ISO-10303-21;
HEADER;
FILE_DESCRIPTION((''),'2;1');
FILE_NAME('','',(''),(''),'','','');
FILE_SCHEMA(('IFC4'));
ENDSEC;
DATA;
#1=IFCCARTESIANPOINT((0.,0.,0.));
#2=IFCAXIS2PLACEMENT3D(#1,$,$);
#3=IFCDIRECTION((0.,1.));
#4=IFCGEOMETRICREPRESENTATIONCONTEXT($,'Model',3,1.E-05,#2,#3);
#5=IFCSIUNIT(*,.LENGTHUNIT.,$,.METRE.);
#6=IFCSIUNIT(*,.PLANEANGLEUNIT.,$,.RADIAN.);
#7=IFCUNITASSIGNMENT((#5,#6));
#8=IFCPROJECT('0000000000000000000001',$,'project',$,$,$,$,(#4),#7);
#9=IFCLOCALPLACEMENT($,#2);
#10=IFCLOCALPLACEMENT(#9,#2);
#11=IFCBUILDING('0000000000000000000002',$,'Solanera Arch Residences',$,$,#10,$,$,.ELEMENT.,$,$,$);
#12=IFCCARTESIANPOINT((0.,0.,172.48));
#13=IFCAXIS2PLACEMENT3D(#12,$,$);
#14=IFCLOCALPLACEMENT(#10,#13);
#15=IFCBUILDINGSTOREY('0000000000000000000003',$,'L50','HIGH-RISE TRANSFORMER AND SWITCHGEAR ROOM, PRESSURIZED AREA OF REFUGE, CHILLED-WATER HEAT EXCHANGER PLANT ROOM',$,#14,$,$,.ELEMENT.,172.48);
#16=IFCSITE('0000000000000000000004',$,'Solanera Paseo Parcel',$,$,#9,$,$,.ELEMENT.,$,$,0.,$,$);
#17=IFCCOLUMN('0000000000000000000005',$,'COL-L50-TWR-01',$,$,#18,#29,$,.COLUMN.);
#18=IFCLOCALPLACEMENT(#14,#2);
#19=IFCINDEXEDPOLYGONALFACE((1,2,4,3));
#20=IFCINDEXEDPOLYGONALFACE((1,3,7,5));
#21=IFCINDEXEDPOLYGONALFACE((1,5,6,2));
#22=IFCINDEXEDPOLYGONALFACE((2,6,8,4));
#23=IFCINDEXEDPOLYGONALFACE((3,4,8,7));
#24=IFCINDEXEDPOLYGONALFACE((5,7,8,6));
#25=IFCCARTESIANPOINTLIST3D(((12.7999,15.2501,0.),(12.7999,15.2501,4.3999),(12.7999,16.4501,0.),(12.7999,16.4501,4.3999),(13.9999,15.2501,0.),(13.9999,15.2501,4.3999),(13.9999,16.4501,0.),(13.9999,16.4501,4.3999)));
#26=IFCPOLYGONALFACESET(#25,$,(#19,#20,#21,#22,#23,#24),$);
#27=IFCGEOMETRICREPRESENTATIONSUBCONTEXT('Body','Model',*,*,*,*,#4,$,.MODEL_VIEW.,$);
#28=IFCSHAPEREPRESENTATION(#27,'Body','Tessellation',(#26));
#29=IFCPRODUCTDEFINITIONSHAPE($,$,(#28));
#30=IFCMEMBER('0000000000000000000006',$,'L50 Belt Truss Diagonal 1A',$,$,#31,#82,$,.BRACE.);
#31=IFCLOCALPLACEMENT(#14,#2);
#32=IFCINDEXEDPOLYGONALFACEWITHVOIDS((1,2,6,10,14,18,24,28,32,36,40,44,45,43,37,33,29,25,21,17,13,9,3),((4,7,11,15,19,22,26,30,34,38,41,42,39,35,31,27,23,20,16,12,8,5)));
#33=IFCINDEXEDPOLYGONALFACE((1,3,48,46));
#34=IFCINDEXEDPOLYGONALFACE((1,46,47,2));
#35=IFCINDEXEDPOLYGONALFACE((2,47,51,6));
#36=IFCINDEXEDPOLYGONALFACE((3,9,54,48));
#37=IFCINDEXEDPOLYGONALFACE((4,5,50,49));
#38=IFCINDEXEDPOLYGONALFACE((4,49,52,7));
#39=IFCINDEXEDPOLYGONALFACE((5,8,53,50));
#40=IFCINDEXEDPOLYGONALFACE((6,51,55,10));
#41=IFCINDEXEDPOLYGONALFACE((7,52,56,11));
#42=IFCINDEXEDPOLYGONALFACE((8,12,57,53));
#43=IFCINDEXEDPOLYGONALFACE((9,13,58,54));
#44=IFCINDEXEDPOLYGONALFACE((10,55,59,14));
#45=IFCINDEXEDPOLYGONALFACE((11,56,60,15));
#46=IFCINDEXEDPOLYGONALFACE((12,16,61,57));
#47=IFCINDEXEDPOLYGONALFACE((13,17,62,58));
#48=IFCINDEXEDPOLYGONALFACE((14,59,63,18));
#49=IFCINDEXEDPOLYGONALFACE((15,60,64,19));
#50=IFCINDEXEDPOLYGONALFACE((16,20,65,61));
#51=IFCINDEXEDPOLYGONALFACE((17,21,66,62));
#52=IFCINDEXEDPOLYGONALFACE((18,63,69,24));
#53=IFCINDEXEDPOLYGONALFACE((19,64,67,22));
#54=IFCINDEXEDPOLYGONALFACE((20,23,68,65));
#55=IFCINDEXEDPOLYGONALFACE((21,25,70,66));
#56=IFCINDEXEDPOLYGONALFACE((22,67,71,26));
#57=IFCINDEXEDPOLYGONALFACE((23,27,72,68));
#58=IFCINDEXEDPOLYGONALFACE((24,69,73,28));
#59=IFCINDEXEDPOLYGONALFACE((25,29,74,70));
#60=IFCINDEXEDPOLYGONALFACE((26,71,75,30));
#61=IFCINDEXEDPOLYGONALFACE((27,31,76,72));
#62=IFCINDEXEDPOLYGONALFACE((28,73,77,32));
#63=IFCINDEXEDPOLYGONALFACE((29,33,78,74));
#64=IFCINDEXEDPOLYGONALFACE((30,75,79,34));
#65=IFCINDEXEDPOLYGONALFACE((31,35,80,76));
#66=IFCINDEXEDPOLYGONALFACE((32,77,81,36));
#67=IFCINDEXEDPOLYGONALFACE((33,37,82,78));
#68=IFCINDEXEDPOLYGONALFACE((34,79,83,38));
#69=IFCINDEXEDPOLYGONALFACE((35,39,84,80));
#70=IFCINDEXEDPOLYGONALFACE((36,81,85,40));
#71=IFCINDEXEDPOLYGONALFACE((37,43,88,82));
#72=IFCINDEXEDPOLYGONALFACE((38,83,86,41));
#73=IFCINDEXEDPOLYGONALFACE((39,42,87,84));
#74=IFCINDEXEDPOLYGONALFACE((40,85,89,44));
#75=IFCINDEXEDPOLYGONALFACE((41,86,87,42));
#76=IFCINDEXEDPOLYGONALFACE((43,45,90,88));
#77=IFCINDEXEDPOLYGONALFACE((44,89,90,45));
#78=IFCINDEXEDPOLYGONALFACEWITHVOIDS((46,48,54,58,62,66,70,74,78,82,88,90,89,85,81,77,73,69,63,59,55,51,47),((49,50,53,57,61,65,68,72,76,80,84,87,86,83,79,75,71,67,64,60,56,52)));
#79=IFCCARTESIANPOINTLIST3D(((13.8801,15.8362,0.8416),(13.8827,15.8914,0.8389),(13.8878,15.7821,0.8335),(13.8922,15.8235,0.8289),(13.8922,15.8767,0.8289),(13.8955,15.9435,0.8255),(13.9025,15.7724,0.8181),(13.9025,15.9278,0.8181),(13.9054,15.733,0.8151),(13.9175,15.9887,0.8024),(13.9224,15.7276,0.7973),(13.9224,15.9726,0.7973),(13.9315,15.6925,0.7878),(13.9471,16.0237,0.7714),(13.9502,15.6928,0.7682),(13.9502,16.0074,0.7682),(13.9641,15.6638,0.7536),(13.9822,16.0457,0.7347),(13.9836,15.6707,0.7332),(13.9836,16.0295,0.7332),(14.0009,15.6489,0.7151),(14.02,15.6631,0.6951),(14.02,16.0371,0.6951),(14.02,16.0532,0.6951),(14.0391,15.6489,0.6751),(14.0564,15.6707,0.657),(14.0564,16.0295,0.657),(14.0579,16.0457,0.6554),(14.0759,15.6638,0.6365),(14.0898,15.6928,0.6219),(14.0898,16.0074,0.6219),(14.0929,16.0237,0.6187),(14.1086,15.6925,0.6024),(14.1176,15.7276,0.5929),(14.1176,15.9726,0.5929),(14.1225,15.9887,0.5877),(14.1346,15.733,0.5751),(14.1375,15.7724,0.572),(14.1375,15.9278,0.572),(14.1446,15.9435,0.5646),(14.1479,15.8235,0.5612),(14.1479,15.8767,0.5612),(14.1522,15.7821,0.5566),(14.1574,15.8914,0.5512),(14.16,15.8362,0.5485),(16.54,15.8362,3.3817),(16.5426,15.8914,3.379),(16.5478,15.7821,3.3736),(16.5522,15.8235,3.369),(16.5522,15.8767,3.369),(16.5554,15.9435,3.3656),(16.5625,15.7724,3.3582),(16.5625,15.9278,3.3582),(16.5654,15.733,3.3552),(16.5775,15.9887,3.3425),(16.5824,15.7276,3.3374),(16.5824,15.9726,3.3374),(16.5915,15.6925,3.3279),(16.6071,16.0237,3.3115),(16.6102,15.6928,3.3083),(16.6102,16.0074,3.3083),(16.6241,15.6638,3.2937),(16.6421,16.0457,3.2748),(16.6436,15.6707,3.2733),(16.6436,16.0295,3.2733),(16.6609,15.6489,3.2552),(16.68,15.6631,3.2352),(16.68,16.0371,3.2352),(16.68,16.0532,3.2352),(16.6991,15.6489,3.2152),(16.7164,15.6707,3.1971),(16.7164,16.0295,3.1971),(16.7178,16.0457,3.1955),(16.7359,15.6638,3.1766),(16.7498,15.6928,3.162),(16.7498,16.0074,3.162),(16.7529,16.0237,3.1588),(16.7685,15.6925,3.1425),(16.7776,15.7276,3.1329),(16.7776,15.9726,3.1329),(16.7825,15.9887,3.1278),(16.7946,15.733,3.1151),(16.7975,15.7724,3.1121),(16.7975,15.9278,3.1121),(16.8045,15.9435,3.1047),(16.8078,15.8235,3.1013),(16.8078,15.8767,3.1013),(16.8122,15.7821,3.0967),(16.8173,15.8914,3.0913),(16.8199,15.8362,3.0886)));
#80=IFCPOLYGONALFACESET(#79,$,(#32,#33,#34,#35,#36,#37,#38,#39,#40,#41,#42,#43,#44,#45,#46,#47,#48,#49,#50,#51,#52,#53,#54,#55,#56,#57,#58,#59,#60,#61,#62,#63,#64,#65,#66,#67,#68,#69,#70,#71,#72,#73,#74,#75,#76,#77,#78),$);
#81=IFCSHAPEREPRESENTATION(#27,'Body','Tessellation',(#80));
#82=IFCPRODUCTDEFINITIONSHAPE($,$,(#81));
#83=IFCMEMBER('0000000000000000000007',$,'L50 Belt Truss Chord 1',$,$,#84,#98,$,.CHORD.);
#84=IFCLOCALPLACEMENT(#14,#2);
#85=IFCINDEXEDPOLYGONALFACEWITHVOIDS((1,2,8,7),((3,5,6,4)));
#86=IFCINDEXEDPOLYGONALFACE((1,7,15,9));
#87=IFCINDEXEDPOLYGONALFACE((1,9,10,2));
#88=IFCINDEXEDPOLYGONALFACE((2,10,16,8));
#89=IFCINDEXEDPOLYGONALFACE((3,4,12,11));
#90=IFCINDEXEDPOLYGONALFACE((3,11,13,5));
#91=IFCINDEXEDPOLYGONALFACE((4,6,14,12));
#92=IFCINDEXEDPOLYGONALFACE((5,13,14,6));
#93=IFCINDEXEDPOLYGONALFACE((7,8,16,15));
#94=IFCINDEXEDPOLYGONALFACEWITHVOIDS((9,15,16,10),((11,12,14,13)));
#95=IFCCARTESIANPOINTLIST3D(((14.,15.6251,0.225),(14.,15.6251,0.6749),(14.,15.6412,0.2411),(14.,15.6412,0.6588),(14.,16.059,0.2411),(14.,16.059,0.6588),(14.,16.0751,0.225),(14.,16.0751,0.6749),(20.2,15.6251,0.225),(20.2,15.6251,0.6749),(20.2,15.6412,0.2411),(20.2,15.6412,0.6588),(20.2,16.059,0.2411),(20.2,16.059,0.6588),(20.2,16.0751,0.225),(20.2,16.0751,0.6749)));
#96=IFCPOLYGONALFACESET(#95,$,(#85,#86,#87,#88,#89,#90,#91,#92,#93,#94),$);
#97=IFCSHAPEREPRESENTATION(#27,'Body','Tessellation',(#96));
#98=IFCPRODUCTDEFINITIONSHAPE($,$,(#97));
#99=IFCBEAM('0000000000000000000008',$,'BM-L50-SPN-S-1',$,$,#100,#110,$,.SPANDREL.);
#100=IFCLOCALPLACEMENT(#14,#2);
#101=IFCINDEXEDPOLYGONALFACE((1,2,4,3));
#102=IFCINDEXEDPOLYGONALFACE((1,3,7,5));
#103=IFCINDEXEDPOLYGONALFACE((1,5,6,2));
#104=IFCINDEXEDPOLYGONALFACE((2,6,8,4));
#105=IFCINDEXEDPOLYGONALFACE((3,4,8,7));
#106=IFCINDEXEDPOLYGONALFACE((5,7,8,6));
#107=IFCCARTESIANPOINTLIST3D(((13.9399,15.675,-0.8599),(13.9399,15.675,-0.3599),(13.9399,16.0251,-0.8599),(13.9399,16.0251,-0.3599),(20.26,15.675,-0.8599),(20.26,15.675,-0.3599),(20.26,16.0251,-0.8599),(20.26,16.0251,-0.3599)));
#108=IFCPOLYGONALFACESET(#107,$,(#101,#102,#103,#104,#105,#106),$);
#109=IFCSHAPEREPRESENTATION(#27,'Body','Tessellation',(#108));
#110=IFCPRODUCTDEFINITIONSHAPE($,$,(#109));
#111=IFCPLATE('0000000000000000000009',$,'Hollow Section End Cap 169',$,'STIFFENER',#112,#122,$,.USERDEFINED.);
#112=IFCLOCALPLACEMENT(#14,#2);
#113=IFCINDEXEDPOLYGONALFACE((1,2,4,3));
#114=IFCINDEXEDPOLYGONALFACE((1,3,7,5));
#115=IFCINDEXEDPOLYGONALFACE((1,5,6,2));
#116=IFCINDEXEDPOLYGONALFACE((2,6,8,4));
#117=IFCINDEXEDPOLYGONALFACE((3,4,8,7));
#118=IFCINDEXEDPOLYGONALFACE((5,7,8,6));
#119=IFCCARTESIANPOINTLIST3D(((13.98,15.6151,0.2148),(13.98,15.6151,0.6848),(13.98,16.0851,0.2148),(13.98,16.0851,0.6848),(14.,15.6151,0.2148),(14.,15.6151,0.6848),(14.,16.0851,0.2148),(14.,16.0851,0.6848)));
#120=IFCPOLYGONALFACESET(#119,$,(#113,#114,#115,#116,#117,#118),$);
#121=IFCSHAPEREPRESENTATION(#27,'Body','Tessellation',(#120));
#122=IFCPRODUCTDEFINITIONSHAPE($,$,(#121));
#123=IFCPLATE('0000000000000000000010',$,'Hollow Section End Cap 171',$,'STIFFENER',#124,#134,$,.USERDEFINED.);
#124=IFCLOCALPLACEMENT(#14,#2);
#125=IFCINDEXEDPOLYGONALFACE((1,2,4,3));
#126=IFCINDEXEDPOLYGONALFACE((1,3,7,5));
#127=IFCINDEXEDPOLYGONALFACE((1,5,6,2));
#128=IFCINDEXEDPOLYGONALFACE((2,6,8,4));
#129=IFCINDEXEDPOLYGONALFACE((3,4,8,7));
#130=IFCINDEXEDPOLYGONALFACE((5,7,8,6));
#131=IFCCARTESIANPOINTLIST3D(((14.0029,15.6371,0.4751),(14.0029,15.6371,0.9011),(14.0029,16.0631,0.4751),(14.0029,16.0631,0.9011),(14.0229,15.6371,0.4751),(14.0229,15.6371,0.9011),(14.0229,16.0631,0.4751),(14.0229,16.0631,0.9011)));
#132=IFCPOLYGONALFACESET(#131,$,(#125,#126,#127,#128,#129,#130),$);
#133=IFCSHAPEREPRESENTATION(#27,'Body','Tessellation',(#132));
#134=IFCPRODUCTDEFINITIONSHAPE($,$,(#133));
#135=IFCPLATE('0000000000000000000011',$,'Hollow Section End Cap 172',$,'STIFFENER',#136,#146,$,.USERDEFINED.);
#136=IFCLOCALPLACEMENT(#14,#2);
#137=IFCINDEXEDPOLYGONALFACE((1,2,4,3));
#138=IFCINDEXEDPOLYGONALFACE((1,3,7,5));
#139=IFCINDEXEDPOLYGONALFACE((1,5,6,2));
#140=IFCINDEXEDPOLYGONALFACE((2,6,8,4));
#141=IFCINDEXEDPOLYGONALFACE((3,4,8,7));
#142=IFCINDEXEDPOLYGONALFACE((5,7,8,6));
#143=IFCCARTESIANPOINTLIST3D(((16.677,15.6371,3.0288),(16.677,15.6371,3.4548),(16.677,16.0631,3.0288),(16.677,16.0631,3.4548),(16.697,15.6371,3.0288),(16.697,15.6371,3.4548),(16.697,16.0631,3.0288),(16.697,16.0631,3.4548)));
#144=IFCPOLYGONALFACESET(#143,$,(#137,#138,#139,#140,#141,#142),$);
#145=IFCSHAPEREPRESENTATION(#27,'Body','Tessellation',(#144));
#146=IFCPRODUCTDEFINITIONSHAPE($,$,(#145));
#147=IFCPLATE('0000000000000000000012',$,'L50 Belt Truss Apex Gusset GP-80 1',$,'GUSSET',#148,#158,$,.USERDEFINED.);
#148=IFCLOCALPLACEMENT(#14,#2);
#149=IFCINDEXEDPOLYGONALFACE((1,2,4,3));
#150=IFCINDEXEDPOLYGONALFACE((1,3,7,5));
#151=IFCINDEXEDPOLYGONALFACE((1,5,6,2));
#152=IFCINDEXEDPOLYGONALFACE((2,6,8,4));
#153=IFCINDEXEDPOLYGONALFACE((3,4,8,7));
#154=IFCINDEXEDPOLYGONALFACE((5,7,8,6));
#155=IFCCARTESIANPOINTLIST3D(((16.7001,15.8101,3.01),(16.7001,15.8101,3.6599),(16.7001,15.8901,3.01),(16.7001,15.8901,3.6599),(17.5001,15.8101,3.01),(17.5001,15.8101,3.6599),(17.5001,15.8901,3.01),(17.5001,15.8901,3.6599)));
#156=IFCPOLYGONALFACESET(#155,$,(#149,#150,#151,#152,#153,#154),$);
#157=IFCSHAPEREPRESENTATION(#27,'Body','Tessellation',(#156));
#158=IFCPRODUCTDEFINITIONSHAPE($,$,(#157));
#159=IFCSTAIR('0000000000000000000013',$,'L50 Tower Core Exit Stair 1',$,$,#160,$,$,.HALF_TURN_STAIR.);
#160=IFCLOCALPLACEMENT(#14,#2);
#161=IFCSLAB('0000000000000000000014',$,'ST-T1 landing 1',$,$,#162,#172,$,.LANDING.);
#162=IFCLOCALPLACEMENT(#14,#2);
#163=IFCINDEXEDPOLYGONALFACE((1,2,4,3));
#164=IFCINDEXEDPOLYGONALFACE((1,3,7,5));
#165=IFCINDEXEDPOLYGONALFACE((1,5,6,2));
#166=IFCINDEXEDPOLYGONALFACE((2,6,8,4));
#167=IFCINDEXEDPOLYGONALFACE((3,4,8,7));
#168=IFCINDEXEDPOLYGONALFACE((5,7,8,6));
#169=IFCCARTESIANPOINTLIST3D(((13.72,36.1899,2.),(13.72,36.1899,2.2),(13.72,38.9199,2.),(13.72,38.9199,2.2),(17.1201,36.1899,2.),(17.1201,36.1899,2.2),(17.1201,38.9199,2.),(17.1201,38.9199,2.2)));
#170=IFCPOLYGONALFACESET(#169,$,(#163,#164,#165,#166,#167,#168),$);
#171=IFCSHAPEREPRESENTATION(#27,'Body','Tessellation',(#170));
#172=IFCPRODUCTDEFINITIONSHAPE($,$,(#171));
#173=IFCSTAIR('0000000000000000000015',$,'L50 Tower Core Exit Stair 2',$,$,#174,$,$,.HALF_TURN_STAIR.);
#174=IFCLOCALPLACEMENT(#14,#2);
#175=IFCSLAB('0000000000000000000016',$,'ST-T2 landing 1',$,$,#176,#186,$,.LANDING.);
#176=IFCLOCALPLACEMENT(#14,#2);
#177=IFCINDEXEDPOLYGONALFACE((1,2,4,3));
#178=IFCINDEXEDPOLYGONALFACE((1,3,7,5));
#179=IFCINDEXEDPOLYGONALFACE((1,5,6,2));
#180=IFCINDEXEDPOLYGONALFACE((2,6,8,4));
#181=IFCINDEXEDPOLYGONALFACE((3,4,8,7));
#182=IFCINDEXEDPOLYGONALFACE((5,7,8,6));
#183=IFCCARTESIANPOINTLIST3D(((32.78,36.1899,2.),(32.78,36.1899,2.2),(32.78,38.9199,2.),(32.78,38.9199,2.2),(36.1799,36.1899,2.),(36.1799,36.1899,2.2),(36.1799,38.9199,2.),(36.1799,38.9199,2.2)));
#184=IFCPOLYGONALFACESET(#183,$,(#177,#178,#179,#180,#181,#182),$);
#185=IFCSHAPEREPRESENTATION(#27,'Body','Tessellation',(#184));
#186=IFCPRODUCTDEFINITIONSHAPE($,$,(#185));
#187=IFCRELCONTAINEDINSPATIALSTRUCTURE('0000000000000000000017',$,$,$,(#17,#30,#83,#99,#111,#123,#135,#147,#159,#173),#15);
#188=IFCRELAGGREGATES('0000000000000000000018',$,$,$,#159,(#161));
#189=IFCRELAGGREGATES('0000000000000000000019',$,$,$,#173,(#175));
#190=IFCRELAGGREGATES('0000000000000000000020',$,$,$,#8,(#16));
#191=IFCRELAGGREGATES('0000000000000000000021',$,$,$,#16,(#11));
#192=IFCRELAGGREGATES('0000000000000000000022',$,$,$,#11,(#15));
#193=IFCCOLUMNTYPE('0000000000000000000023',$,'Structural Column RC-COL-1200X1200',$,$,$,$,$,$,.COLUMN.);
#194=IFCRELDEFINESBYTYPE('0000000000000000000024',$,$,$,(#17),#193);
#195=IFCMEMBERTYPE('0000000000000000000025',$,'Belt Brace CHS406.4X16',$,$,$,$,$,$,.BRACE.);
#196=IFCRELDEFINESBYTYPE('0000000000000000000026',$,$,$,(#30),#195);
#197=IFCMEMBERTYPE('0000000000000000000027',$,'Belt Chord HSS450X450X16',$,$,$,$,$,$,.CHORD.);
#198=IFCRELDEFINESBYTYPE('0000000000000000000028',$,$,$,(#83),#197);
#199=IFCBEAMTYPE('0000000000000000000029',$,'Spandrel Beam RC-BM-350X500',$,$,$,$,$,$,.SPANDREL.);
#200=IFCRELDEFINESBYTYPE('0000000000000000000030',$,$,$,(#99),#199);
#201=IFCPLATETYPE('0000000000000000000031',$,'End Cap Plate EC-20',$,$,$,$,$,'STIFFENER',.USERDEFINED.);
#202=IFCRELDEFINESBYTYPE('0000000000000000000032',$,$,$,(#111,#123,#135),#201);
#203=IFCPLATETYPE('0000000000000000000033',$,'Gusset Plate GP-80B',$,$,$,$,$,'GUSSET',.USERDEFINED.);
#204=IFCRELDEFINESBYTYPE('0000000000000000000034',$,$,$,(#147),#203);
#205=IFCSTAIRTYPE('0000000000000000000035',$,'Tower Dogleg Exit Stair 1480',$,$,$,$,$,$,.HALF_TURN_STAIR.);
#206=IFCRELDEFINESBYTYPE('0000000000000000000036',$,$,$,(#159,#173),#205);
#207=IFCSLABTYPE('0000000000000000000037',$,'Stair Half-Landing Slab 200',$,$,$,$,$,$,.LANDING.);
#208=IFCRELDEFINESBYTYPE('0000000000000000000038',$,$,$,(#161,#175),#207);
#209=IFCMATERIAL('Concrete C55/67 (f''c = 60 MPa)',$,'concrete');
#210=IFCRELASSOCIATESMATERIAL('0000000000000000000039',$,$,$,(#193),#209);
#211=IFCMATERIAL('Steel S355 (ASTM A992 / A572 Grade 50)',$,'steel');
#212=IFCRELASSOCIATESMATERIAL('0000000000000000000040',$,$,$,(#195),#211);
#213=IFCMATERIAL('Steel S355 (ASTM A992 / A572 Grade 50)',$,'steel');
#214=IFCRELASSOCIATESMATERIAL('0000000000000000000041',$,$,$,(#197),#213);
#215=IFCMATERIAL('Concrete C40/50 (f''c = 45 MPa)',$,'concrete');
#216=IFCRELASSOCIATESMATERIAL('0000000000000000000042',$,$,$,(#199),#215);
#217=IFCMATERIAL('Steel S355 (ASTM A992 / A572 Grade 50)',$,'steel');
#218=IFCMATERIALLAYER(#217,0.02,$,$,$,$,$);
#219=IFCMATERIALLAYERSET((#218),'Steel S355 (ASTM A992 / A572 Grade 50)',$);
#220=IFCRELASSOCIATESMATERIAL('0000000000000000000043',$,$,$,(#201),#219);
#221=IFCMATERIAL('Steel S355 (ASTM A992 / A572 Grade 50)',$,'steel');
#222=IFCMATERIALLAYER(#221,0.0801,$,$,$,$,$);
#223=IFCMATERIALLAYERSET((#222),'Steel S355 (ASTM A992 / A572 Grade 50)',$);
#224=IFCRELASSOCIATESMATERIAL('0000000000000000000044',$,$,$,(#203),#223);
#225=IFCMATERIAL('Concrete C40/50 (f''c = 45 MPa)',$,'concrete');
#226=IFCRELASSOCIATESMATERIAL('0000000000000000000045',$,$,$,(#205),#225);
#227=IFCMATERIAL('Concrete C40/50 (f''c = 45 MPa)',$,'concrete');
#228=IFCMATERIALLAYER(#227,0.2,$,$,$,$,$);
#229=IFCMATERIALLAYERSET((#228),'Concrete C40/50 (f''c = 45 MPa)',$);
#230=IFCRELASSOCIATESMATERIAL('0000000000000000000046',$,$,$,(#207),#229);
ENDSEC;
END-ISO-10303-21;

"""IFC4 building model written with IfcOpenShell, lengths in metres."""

from ifc_helpers import new_model, si_unit, direction, frame, origin, origin_2d, place, context, subcontext, project, spatial, polyline, rectangle, hollow_rectangle, hollow_circle, outline, extrude, material, layer, layer_set, material_profile, profile_set, type_object, element, aggregate, save


model = new_model("IFC4")

# Units and contexts
model_context = context("Model", 3, precision=1e-05, world=origin(), true_north=direction((0.0, 1.0)))
body_context = subcontext(model_context, "Body", "Model", "MODEL_VIEW")
ifc_project = project(units=[si_unit("LENGTHUNIT", "METRE"), si_unit("PLANEANGLEUNIT", "RADIAN")], contexts=[model_context])

# Site, building, storey
site_placement = place(None, origin())
site = spatial("IfcSite", under=ifc_project, at=site_placement, Name="Solanera Paseo Parcel", CompositionType="ELEMENT", RefElevation=0.0)
building_placement = place(site_placement, origin())
building = spatial("IfcBuilding", under=site, at=building_placement, Name="Solanera Arch Residences", CompositionType="ELEMENT")
storey_placement = place(building_placement, frame((0.0, 0.0, 172.48)))
storey = spatial("IfcBuildingStorey", under=building, at=storey_placement, Name="L50", Description="HIGH-RISE TRANSFORMER AND SWITCHGEAR ROOM, PRESSURIZED AREA OF REFUGE, CHILLED-WATER HEAT EXCHANGER PLANT ROOM", CompositionType="ELEMENT", Elevation=172.48)

# Column
ifc_material_1 = material(Name="Concrete C55/67 (f'c = 60 MPa)", Category="concrete")
ifc_material_profile_1 = material_profile(ifc_material_1, rectangle(XDim=1.2, YDim=1.2, at=origin_2d()))
ifc_profile_set_1 = profile_set([ifc_material_profile_1], Name="Concrete C55/67 (f'c = 60 MPa)")
column_type = type_object("IfcColumnType", Name="Structural Column RC-COL-1200X1200", PredefinedType="COLUMN", material=ifc_profile_set_1)
column_placement = place(storey_placement, frame((13.3999, 15.8501, 0.0), z_axis=(0.0, 0.0, 1.0), x_axis=(1.0, 0.0, 0.0)))
element("IfcColumn", 1, at=column_placement, inside=storey, type_object=column_type, Name="COL-L50-TWR-01", PredefinedType="COLUMN", context=body_context, shape_type="SweptSolid", body=[
    extrude(rectangle(XDim=1.2, YDim=1.2, at=origin_2d()), origin(), (0.0, 0.0, 1.0), 4.3999),
])

# Members
ifc_material_2 = material(Name="Steel S355 (ASTM A992 / A572 Grade 50)", Category="steel")
ifc_material_profile_2 = material_profile(ifc_material_2, hollow_circle(Radius=0.2031, WallThickness=0.0161, at=origin_2d()))
ifc_profile_set_2 = profile_set([ifc_material_profile_2], Name="Steel S355 (ASTM A992 / A572 Grade 50)")
member_type_1 = type_object("IfcMemberType", Name="Belt Brace CHS406.4X16", PredefinedType="BRACE", material=ifc_profile_set_2)
member_1_placement = place(storey_placement, frame((14.02, 15.8501, 0.6951), z_axis=(0.723215, 0.0, 0.690623), x_axis=(0.0, 1.0, 0.0)))
element("IfcMember", 2, at=member_1_placement, inside=storey, type_object=member_type_1, Name="L50 Belt Truss Diagonal 1A", PredefinedType="BRACE", context=body_context, shape_type="SweptSolid", body=[
    extrude(hollow_circle(Radius=0.2031, WallThickness=0.0161, at=origin_2d()), origin(), (0.0, 0.0, 1.0), 3.678),
])
ifc_material_3 = material(Name="Steel S355 (ASTM A992 / A572 Grade 50)", Category="steel")
ifc_material_profile_3 = material_profile(ifc_material_3, hollow_rectangle(XDim=0.45, YDim=0.45, WallThickness=0.0161, at=origin_2d()))
ifc_profile_set_3 = profile_set([ifc_material_profile_3], Name="Steel S355 (ASTM A992 / A572 Grade 50)")
member_type_2 = type_object("IfcMemberType", Name="Belt Chord HSS450X450X16", PredefinedType="CHORD", material=ifc_profile_set_3)
member_2_placement = place(storey_placement, frame((14.0, 15.8501, 0.45), z_axis=(1.0, 0.0, 0.0), x_axis=(0.0, 1.0, 0.0)))
element("IfcMember", 3, at=member_2_placement, inside=storey, type_object=member_type_2, Name="L50 Belt Truss Chord 1", PredefinedType="CHORD", context=body_context, shape_type="SweptSolid", body=[
    extrude(hollow_rectangle(XDim=0.45, YDim=0.45, WallThickness=0.0161, at=origin_2d()), origin(), (0.0, 0.0, 1.0), 6.2),
])

# Beam
ifc_material_4 = material(Name="Concrete C40/50 (f'c = 45 MPa)", Category="concrete")
ifc_material_profile_4 = material_profile(ifc_material_4, rectangle(XDim=0.3501, YDim=0.5, at=origin_2d()))
ifc_profile_set_4 = profile_set([ifc_material_profile_4], Name="Concrete C40/50 (f'c = 45 MPa)")
beam_type = type_object("IfcBeamType", Name="Spandrel Beam RC-BM-350X500", PredefinedType="SPANDREL", material=ifc_profile_set_4)
beam_placement = place(storey_placement, frame((13.9399, 15.8501, -0.6099), z_axis=(1.0, 0.0, 0.0), x_axis=(0.0, 1.0, 0.0)))
element("IfcBeam", 4, at=beam_placement, inside=storey, type_object=beam_type, Name="BM-L50-SPN-S-1", PredefinedType="SPANDREL", context=body_context, shape_type="SweptSolid", body=[
    extrude(rectangle(XDim=0.3501, YDim=0.5, at=origin_2d()), origin(), (0.0, 0.0, 1.0), 6.3201),
])

# Plates
ifc_material_5 = material(Name="Steel S355 (ASTM A992 / A572 Grade 50)", Category="steel")
ifc_layer_1 = layer(ifc_material_5, 0.02)
ifc_layer_set_1 = layer_set([ifc_layer_1], Name="Steel S355 (ASTM A992 / A572 Grade 50)")
plate_type_1 = type_object("IfcPlateType", Name="End Cap Plate EC-20", ElementType="STIFFENER", PredefinedType="USERDEFINED", material=ifc_layer_set_1)
plate_1_placement = place(storey_placement, frame((13.99, 15.8501, 0.2148), z_axis=(0.0, 0.0, 1.0), x_axis=(-1.0, 0.0, 0.0)))
element("IfcPlate", 5, at=plate_1_placement, inside=storey, type_object=plate_type_1, Name="Hollow Section End Cap 169", ObjectType="STIFFENER", PredefinedType="USERDEFINED", context=body_context, shape_type="SweptSolid", body=[
    extrude(rectangle(XDim=0.02, YDim=0.47, at=origin_2d()), origin(), (0.0, 0.0, 1.0), 0.47),
])
for number, where, z_axis, x_axis, name in (
    (6, (14.0129, 15.8501, 0.4751), (0.0, 0.0, 1.0), (-1.0, 0.0, 0.0), "Hollow Section End Cap 171"),
    (7, (16.687, 15.8501, 3.0288), (0.0, 0.0, 1.0), (1.0, 0.0, 0.0), "Hollow Section End Cap 172"),
):
    element("IfcPlate", number, at=place(storey_placement, frame(where, z_axis=z_axis, x_axis=x_axis)), inside=storey, type_object=plate_type_1, Name=name, ObjectType="STIFFENER", PredefinedType="USERDEFINED", context=body_context, shape_type="SweptSolid", body=[
        extrude(rectangle(XDim=0.02, YDim=0.426, at=origin_2d()), origin(), (0.0, 0.0, 1.0), 0.426),
    ])
ifc_material_6 = material(Name="Steel S355 (ASTM A992 / A572 Grade 50)", Category="steel")
ifc_layer_2 = layer(ifc_material_6, 0.0801)
ifc_layer_set_2 = layer_set([ifc_layer_2], Name="Steel S355 (ASTM A992 / A572 Grade 50)")
plate_type_2 = type_object("IfcPlateType", Name="Gusset Plate GP-80B", ElementType="GUSSET", PredefinedType="USERDEFINED", material=ifc_layer_set_2)
plate_2_placement = place(storey_placement, frame((17.1001, 15.8501, 3.01), z_axis=(0.0, 0.0, 1.0), x_axis=(1.0, 0.0, 0.0)))
element("IfcPlate", 8, at=plate_2_placement, inside=storey, type_object=plate_type_2, Name="L50 Belt Truss Apex Gusset GP-80 1", ObjectType="GUSSET", PredefinedType="USERDEFINED", context=body_context, shape_type="SweptSolid", body=[
    extrude(rectangle(XDim=0.8, YDim=0.0801, at=origin_2d()), origin(), (0.0, 0.0, 1.0), 0.6499),
])

# Stairs, slabs
ifc_material_7 = material(Name="Concrete C40/50 (f'c = 45 MPa)", Category="concrete")
stair_type = type_object("IfcStairType", Name="Tower Dogleg Exit Stair 1480", PredefinedType="HALF_TURN_STAIR", material=ifc_material_7)
stair_1_placement = place(storey_placement, origin())
stair_1 = element("IfcStair", 9, at=stair_1_placement, inside=storey, type_object=stair_type, Name="L50 Tower Core Exit Stair 1", PredefinedType="HALF_TURN_STAIR")
ifc_material_8 = material(Name="Concrete C40/50 (f'c = 45 MPa)", Category="concrete")
ifc_layer_3 = layer(ifc_material_8, 0.2)
ifc_layer_set_3 = layer_set([ifc_layer_3], Name="Concrete C40/50 (f'c = 45 MPa)")
slab_type_1 = type_object("IfcSlabType", Name="Stair Half-Landing Slab 200", PredefinedType="LANDING", material=ifc_layer_set_3)
slab_1_placement = place(storey_placement, frame((0.0, 0.0, 2.0)))
slab_1 = element("IfcSlab", 10, at=slab_1_placement, type_object=slab_type_1, Name="ST-T1 landing 1", PredefinedType="LANDING", context=body_context, shape_type="SweptSolid", body=[
    extrude(outline(polyline([(17.1201, 36.1899), (17.1201, 38.9199), (13.72, 38.9199), (13.72, 36.1899), (17.1201, 36.1899)])), origin(), (0.0, 0.0, 1.0), 0.2),
])
aggregate(stair_1, [slab_1])
stair_2_placement = place(storey_placement, origin())
stair_2 = element("IfcStair", 11, at=stair_2_placement, inside=storey, type_object=stair_type, Name="L50 Tower Core Exit Stair 2", PredefinedType="HALF_TURN_STAIR")
slab_2_placement = place(storey_placement, frame((0.0, 0.0, 2.0)))
slab_2 = element("IfcSlab", 12, at=slab_2_placement, type_object=slab_type_1, Name="ST-T2 landing 1", PredefinedType="LANDING", context=body_context, shape_type="SweptSolid", body=[
    extrude(outline(polyline([(36.1799, 36.1899), (36.1799, 38.9199), (32.78, 38.9199), (32.78, 36.1899), (36.1799, 36.1899)])), origin(), (0.0, 0.0, 1.0), 0.2),
])
aggregate(stair_2, [slab_2])

save(model, "model.ifc")
